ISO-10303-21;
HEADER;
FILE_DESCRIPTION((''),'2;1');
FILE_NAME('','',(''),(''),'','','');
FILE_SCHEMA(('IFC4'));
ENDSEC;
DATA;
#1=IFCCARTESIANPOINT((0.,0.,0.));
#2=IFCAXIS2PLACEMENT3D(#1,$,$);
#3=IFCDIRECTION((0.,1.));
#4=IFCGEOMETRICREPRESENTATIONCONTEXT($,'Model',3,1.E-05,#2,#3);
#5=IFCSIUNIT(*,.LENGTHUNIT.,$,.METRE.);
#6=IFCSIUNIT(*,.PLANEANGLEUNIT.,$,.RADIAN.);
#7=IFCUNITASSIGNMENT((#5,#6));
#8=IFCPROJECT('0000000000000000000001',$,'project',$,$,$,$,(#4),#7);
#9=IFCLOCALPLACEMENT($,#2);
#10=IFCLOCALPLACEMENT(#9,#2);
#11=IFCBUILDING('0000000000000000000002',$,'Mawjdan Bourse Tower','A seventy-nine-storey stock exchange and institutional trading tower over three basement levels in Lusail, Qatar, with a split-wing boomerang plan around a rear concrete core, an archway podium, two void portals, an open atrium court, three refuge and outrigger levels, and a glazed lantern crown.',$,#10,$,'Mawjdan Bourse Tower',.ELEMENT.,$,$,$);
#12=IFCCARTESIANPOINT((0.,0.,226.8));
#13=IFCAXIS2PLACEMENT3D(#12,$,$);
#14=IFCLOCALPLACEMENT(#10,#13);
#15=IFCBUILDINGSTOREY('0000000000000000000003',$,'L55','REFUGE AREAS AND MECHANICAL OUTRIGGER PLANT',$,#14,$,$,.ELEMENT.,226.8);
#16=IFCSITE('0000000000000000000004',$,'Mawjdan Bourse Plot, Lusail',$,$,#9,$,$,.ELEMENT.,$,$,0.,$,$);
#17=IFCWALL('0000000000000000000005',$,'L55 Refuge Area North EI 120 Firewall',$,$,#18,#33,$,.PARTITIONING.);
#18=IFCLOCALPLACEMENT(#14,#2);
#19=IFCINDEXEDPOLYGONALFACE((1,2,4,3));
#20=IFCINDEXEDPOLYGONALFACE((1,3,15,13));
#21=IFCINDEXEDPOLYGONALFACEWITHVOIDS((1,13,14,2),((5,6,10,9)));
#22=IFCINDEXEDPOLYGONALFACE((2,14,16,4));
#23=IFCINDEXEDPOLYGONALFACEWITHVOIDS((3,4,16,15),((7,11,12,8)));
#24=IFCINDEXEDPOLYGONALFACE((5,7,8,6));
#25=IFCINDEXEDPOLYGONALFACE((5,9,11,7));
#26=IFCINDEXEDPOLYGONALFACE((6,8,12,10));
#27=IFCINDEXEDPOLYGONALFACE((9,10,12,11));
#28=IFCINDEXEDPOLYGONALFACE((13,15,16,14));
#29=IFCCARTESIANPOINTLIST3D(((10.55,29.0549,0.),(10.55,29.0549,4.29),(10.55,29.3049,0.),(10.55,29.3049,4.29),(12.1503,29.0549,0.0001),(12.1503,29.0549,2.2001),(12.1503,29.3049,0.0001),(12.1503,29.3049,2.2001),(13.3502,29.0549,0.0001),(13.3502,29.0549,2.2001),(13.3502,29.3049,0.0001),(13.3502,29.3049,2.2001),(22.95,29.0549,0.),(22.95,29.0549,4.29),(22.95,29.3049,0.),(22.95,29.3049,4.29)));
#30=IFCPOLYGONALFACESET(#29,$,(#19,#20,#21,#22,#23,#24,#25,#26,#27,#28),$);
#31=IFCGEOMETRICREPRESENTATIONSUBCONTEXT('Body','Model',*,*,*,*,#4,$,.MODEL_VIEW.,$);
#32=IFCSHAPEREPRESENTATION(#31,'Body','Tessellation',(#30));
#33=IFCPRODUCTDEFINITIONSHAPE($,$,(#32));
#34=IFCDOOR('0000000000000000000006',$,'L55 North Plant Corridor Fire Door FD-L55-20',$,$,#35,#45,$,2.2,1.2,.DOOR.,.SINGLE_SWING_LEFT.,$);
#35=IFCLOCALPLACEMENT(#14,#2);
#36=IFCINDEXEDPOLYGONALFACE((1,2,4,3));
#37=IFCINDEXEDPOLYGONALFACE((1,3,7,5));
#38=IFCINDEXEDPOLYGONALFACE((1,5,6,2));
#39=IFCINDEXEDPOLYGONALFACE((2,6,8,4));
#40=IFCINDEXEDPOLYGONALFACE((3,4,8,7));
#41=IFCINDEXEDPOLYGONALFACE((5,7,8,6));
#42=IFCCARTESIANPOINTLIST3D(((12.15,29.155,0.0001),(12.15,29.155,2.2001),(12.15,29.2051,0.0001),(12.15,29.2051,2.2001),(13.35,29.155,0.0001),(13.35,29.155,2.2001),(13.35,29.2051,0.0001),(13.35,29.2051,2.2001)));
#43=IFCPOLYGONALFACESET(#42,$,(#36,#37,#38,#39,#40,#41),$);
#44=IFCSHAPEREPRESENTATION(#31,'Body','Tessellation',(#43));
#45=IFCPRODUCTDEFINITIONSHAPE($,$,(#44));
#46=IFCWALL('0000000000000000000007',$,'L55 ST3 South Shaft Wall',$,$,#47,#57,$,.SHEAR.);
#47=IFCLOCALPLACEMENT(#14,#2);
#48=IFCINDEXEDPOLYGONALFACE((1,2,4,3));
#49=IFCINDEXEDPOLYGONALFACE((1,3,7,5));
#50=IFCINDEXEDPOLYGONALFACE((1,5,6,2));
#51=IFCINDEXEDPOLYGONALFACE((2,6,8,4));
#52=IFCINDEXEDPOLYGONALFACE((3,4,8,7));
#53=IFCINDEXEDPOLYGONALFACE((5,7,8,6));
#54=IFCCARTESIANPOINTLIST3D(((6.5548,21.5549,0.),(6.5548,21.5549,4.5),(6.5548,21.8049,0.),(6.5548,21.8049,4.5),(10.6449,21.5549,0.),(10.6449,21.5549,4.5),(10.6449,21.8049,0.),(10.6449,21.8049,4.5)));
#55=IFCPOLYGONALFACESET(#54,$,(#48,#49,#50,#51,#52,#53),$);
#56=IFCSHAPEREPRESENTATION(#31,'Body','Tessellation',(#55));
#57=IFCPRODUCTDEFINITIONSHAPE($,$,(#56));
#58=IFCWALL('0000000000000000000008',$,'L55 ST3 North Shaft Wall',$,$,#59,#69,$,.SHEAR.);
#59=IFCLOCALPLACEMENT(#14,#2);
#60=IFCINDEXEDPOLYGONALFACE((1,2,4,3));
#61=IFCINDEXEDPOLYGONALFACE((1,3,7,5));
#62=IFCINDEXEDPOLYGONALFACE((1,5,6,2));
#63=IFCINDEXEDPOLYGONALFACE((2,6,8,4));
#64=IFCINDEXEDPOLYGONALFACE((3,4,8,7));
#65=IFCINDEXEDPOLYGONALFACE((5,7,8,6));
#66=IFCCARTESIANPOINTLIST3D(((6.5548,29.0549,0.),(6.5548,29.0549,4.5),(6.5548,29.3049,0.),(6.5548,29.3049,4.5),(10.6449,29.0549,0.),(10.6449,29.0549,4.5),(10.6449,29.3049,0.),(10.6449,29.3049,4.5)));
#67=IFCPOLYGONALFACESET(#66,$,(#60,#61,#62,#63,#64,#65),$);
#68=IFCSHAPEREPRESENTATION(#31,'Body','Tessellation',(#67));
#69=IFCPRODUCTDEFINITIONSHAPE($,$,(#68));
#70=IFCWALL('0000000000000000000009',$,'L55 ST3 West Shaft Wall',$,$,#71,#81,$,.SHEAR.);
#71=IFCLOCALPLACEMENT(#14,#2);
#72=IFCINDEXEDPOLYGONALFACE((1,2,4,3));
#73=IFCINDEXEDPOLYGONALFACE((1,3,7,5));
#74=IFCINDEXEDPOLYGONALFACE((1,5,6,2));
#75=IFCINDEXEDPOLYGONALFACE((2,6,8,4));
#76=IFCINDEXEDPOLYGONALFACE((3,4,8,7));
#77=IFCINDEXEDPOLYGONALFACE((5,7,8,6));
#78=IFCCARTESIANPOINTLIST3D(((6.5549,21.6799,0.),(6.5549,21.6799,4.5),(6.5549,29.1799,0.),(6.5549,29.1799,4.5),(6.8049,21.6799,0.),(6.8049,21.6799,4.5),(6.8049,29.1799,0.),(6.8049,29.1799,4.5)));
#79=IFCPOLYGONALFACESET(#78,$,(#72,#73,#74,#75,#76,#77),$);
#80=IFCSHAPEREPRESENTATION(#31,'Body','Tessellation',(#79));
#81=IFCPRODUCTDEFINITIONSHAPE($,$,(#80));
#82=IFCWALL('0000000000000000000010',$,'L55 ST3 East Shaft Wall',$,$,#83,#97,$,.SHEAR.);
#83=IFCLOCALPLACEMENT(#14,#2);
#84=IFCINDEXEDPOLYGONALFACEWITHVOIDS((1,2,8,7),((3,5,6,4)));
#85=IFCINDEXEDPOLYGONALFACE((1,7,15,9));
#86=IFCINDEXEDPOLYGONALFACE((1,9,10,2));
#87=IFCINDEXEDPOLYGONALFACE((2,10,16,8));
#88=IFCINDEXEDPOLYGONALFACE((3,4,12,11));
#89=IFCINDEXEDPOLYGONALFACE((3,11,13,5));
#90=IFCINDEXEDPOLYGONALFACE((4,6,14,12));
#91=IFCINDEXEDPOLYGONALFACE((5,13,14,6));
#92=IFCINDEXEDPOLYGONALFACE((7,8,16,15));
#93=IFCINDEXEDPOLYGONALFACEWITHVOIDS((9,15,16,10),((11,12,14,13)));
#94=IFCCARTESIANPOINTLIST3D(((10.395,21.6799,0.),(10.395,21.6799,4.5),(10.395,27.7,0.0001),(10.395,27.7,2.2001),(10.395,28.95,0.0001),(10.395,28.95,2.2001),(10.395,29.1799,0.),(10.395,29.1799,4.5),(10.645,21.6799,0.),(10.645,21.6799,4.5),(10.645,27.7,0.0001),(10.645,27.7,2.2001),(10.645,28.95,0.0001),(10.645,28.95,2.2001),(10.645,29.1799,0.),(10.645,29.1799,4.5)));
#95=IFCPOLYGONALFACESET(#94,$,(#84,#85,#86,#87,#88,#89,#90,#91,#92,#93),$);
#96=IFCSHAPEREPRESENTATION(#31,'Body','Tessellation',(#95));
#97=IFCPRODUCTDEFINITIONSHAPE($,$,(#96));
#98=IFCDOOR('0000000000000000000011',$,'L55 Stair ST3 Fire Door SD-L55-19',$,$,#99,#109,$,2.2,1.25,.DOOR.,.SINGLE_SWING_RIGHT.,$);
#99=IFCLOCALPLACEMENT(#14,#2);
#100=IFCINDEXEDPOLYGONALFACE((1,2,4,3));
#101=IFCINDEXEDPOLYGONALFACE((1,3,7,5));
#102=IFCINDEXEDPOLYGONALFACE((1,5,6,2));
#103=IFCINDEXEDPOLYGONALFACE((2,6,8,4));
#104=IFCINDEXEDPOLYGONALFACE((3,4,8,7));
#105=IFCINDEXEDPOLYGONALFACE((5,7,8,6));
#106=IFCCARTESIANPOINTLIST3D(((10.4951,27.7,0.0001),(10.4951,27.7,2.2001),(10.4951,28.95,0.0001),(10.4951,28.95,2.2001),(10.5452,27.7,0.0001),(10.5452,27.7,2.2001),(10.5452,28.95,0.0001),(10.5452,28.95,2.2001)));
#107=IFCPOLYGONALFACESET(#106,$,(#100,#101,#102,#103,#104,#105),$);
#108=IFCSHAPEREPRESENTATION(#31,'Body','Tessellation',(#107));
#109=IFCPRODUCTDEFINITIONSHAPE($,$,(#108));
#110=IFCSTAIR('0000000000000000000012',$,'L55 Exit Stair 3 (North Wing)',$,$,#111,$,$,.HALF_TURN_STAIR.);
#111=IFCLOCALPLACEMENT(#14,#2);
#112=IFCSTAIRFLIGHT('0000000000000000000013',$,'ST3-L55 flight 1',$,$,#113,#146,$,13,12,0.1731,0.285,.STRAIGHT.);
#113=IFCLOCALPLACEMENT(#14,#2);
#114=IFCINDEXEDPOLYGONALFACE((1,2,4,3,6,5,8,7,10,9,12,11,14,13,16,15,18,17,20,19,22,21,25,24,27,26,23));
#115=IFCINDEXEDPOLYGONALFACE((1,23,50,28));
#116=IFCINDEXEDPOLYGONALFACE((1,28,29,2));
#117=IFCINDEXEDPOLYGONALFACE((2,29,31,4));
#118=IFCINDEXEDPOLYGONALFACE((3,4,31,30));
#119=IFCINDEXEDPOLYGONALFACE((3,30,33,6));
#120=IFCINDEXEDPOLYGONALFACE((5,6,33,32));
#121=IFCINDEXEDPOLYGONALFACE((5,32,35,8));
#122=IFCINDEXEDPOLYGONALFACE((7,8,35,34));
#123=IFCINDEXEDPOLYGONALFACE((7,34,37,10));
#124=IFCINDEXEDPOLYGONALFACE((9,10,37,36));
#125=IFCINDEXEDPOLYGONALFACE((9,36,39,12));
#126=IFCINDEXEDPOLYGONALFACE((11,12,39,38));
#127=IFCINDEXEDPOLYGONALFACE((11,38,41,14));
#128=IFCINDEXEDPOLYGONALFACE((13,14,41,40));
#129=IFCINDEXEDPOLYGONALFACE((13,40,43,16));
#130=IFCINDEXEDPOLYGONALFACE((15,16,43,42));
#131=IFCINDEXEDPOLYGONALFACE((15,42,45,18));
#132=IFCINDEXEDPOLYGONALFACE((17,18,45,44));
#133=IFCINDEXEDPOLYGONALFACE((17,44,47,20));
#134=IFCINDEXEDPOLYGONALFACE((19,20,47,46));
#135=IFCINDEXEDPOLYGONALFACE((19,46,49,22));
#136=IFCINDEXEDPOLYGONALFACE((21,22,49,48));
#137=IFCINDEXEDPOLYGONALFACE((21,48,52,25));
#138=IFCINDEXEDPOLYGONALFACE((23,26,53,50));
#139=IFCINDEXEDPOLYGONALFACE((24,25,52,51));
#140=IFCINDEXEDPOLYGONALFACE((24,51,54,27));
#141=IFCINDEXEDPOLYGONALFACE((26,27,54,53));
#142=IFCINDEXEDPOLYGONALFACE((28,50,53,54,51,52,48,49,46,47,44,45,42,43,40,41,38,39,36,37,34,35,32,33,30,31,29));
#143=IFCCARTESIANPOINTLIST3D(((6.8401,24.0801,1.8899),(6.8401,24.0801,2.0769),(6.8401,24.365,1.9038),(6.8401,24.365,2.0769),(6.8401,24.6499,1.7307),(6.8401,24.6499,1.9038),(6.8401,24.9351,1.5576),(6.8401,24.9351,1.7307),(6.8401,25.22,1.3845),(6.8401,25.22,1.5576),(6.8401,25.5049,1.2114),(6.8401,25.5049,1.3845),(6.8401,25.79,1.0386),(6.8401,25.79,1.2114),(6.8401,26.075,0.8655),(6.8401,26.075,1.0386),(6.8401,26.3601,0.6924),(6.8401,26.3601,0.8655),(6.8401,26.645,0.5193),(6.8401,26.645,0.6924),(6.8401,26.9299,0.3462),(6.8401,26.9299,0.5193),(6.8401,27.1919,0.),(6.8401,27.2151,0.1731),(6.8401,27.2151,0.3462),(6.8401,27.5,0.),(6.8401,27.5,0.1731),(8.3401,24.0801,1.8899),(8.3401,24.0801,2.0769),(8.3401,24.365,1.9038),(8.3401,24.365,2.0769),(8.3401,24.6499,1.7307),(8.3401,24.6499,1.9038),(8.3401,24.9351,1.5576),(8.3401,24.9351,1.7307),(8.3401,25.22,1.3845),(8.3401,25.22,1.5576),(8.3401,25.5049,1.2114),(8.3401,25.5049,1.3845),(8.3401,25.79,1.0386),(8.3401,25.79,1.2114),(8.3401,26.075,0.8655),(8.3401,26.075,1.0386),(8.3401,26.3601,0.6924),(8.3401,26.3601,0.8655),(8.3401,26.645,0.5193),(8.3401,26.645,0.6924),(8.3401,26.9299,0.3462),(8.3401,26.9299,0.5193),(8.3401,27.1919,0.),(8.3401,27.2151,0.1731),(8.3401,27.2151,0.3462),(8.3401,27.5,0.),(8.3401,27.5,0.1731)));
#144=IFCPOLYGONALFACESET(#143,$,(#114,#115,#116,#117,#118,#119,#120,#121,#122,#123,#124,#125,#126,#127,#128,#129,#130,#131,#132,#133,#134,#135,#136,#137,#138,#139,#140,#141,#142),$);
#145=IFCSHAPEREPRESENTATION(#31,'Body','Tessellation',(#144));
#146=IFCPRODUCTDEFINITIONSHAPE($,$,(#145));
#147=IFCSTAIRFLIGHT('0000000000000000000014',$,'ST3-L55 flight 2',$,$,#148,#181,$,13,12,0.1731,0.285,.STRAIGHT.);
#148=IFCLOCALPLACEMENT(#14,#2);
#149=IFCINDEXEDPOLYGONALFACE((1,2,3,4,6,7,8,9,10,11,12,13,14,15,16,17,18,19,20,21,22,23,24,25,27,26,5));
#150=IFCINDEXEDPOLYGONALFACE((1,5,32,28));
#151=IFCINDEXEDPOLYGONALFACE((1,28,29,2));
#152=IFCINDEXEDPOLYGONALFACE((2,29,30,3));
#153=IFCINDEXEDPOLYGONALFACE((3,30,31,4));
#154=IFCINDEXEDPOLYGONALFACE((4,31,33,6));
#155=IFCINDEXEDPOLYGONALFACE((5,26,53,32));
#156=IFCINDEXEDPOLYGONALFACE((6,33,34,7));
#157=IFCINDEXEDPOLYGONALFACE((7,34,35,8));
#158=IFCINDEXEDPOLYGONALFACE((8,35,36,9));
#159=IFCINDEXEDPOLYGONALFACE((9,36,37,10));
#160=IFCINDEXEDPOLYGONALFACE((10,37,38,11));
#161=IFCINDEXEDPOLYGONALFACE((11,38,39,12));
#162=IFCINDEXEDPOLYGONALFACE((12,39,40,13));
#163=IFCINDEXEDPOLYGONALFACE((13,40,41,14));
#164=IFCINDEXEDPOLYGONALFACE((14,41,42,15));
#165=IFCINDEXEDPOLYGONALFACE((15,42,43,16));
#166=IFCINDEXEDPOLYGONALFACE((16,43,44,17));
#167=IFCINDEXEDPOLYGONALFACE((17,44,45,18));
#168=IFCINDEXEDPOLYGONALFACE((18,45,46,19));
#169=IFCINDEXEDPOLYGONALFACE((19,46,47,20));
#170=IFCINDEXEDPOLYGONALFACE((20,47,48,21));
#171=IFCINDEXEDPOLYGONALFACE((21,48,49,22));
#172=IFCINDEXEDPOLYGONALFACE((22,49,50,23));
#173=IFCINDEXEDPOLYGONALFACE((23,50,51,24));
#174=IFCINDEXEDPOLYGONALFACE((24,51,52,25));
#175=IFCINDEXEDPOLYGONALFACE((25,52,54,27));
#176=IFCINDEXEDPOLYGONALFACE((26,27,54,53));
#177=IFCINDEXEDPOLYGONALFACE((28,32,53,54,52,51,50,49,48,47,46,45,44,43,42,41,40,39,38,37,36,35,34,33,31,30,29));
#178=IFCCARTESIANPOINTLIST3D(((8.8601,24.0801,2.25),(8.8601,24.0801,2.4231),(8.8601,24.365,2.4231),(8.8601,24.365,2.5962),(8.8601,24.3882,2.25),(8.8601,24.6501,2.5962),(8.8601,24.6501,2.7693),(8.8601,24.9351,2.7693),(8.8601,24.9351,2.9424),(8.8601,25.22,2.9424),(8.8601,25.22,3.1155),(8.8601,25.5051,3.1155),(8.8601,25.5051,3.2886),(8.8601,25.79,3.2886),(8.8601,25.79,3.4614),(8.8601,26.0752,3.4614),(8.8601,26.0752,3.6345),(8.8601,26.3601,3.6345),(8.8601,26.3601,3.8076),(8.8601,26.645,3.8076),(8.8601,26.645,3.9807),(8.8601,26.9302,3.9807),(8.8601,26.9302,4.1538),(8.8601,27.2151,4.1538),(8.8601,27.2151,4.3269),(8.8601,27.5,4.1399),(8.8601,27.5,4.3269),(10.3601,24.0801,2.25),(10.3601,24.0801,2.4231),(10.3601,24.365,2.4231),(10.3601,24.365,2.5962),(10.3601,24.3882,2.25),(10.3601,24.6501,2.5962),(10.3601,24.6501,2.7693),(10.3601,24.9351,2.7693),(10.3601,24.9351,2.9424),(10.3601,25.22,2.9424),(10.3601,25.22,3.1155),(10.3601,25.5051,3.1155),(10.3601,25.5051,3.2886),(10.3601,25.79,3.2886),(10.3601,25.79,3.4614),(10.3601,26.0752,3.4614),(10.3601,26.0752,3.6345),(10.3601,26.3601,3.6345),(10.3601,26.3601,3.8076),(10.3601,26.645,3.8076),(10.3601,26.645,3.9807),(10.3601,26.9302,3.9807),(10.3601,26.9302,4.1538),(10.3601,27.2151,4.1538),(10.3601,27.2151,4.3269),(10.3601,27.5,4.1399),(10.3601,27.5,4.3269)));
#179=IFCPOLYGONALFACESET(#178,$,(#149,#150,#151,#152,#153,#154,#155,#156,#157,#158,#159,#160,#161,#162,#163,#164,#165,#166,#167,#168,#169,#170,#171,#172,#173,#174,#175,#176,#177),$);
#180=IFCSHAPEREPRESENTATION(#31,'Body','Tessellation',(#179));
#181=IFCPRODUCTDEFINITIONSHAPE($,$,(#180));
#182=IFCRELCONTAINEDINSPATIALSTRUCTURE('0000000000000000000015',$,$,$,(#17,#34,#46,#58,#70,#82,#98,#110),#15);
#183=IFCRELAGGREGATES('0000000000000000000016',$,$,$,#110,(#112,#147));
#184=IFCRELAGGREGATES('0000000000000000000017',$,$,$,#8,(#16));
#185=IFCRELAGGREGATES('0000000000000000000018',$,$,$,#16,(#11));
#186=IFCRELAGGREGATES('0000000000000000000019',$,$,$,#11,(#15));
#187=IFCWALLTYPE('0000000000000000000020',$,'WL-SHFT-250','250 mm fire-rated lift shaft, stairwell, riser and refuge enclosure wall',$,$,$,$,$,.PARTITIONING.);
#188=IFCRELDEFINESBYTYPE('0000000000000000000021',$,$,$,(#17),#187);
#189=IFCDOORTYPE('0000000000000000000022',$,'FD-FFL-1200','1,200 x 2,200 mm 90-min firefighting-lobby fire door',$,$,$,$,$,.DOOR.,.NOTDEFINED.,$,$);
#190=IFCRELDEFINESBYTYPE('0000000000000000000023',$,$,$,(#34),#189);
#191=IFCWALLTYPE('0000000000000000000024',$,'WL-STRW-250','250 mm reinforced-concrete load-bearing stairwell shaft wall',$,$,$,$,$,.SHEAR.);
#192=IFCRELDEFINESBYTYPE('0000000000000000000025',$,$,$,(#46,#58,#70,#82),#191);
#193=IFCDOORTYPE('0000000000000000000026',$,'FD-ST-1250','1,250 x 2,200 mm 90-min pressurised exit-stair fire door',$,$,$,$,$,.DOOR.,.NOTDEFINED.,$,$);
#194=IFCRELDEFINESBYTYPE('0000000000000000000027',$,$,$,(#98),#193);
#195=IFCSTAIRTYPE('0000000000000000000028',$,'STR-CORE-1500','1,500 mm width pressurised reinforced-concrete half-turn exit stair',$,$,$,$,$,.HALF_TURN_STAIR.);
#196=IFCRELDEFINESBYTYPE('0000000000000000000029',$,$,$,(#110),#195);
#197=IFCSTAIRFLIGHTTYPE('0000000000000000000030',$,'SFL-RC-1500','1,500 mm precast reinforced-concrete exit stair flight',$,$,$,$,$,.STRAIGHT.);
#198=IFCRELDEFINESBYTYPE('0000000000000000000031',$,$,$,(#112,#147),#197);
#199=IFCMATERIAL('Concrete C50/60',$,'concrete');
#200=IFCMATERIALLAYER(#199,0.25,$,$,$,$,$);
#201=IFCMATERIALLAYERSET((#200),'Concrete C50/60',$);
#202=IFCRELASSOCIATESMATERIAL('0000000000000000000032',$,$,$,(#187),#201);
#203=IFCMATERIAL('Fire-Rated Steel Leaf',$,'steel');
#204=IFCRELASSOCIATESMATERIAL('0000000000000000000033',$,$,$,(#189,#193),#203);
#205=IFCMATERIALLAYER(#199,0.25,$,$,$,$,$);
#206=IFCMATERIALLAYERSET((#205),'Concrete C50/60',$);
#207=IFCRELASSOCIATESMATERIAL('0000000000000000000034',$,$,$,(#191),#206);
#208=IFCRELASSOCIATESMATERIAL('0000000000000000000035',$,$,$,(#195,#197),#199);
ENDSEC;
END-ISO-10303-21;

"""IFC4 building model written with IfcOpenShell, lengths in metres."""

from ifc_helpers import new_model, si_unit, direction, frame, frame_2d, origin, place, context, subcontext, project, spatial, polyline, rectangle, outline, extrude, material, layer, layer_set, type_object, element, fill, aggregate, save


model = new_model("IFC4")

# Units and contexts
model_context = context("Model", 3, precision=1e-05, world=origin(), true_north=direction((0.0, 1.0)))
body_context = subcontext(model_context, "Body", "Model", "MODEL_VIEW")
ifc_project = project(units=[si_unit("LENGTHUNIT", "METRE"), si_unit("PLANEANGLEUNIT", "RADIAN")], contexts=[model_context])

# Site, building, storey
site_placement = place(None, origin())
site = spatial("IfcSite", under=ifc_project, at=site_placement, Name="Mawjdan Bourse Plot, Lusail", CompositionType="ELEMENT", RefElevation=0.0)
building_placement = place(site_placement, origin())
building = spatial("IfcBuilding", under=site, at=building_placement, Name="Mawjdan Bourse Tower", Description="A seventy-nine-storey stock exchange and institutional trading tower over three basement levels in Lusail, Qatar, with a split-wing boomerang plan around a rear concrete core, an archway podium, two void portals, an open atrium court, three refuge and outrigger levels, and a glazed lantern crown.", LongName="Mawjdan Bourse Tower", CompositionType="ELEMENT")
storey_placement = place(building_placement, frame((0.0, 0.0, 226.8)))
storey = spatial("IfcBuildingStorey", under=building, at=storey_placement, Name="L55", Description="REFUGE AREAS AND MECHANICAL OUTRIGGER PLANT", CompositionType="ELEMENT", Elevation=226.8)

# Wall, opening, door
ifc_material_1 = material(Name="Concrete C50/60", Category="concrete")
ifc_layer_1 = layer(ifc_material_1, 0.25)
ifc_layer_set_1 = layer_set([ifc_layer_1], Name="Concrete C50/60")
wall_type_1 = type_object("IfcWallType", Name="WL-SHFT-250", Description="250 mm fire-rated lift shaft, stairwell, riser and refuge enclosure wall", PredefinedType="PARTITIONING", material=ifc_layer_set_1)
wall_1_placement = place(storey_placement, frame((10.55, 29.1799, 0.0), z_axis=(0.0, 0.0, 1.0), x_axis=(1.0, 0.0, 0.0)))
wall_1 = element("IfcWall", 1, at=wall_1_placement, inside=storey, type_object=wall_type_1, Name="L55 Refuge Area North EI 120 Firewall", PredefinedType="PARTITIONING", context=body_context, shape_type="SweptSolid", body=[
    extrude(rectangle(XDim=12.3999, YDim=0.25, at=frame_2d((6.2, 0.0))), origin(), (0.0, 0.0, 1.0), 4.29),
])
opening_1_placement = place(wall_1_placement, frame((1.6001, 0.0, 0.0)))
opening_1 = element("IfcOpeningElement", 2, at=opening_1_placement, cuts=wall_1, PredefinedType="OPENING", context=body_context, shape_type="SweptSolid", body=[
    extrude(rectangle(XDim=1.2, YDim=2.2, at=frame_2d((0.6001, 1.1001))), frame((0.0, 0.135, 0.0), z_axis=(0.0, -1.0, 0.0), x_axis=(1.0, 0.0, 0.0)), (0.0, 0.0, 1.0), 0.27),
])
ifc_material_2 = material(Name="Fire-Rated Steel Leaf", Category="steel")
door_type_1 = type_object("IfcDoorType", Name="FD-FFL-1200", Description="1,200 x 2,200 mm 90-min firefighting-lobby fire door", OperationType="NOTDEFINED", PredefinedType="DOOR", material=ifc_material_2)
door_1_placement = place(opening_1_placement, frame((1.2, 0.0, 0.0), z_axis=(0.0, 0.0, 1.0), x_axis=(-1.0, 0.0, 0.0)))
door_1 = element("IfcDoor", 3, at=door_1_placement, inside=storey, type_object=door_type_1, Name="L55 North Plant Corridor Fire Door FD-L55-20", OperationType="SINGLE_SWING_LEFT", OverallHeight=2.2, OverallWidth=1.2, PredefinedType="DOOR", context=body_context, shape_type="SweptSolid", body=[
    extrude(rectangle(XDim=1.2, YDim=2.2, at=frame_2d((0.6001, 1.1001))), frame((0.0, 0.0249, 0.0), z_axis=(0.0, -1.0, 0.0), x_axis=(1.0, 0.0, 0.0)), (0.0, 0.0, 1.0), 0.05),
])
fill(opening_1, door_1)

# Walls
ifc_layer_2 = layer(ifc_material_1, 0.25)
ifc_layer_set_2 = layer_set([ifc_layer_2], Name="Concrete C50/60")
wall_type_2 = type_object("IfcWallType", Name="WL-STRW-250", Description="250 mm reinforced-concrete load-bearing stairwell shaft wall", PredefinedType="SHEAR", material=ifc_layer_set_2)
for number, where, z_axis, x_axis, name in (
    (4, (6.5549, 21.6799, 0.0), (0.0, 0.0, 1.0), (1.0, 0.0, 0.0), "L55 ST3 South Shaft Wall"),
    (5, (6.5549, 29.1799, 0.0), (0.0, 0.0, 1.0), (1.0, 0.0, 0.0), "L55 ST3 North Shaft Wall"),
):
    element("IfcWall", number, at=place(storey_placement, frame(where, z_axis=z_axis, x_axis=x_axis)), inside=storey, type_object=wall_type_2, Name=name, PredefinedType="SHEAR", context=body_context, shape_type="SweptSolid", body=[
        extrude(rectangle(XDim=4.0901, YDim=0.25, at=frame_2d((2.0449, 0.0))), origin(), (0.0, 0.0, 1.0), 4.5),
    ])
wall_2_placement = place(storey_placement, frame((6.6799, 21.6799, 0.0), z_axis=(0.0, 0.0, 1.0), x_axis=(0.0, 1.0, 0.0)))
element("IfcWall", 6, at=wall_2_placement, inside=storey, type_object=wall_type_2, Name="L55 ST3 West Shaft Wall", PredefinedType="SHEAR", context=body_context, shape_type="SweptSolid", body=[
    extrude(rectangle(XDim=7.5, YDim=0.25, at=frame_2d((3.75, 0.0))), origin(), (0.0, 0.0, 1.0), 4.5),
])

# Wall, opening, door
wall_3_placement = place(storey_placement, frame((10.52, 21.6799, 0.0), z_axis=(0.0, 0.0, 1.0), x_axis=(0.0, 1.0, 0.0)))
wall_3 = element("IfcWall", 7, at=wall_3_placement, inside=storey, type_object=wall_type_2, Name="L55 ST3 East Shaft Wall", PredefinedType="SHEAR", context=body_context, shape_type="SweptSolid", body=[
    extrude(rectangle(XDim=7.5, YDim=0.25, at=frame_2d((3.75, 0.0))), origin(), (0.0, 0.0, 1.0), 4.5),
])
opening_2_placement = place(wall_3_placement, frame((6.02, 0.0, 0.0)))
opening_2 = element("IfcOpeningElement", 8, at=opening_2_placement, cuts=wall_3, PredefinedType="OPENING", context=body_context, shape_type="SweptSolid", body=[
    extrude(rectangle(XDim=1.25, YDim=2.2, at=frame_2d((0.625, 1.1001))), frame((0.0, 0.135, 0.0), z_axis=(0.0, -1.0, 0.0), x_axis=(1.0, 0.0, 0.0)), (0.0, 0.0, 1.0), 0.27),
])
door_type_2 = type_object("IfcDoorType", Name="FD-ST-1250", Description="1,250 x 2,200 mm 90-min pressurised exit-stair fire door", OperationType="NOTDEFINED", PredefinedType="DOOR", material=ifc_material_2)
door_2_placement = place(opening_2_placement, origin())
door_2 = element("IfcDoor", 9, at=door_2_placement, inside=storey, type_object=door_type_2, Name="L55 Stair ST3 Fire Door SD-L55-19", OperationType="SINGLE_SWING_RIGHT", OverallHeight=2.2, OverallWidth=1.25, PredefinedType="DOOR", context=body_context, shape_type="SweptSolid", body=[
    extrude(rectangle(XDim=1.25, YDim=2.2, at=frame_2d((0.625, 1.1001))), frame((0.0, 0.0249, 0.0), z_axis=(0.0, -1.0, 0.0), x_axis=(1.0, 0.0, 0.0)), (0.0, 0.0, 1.0), 0.05),
])
fill(opening_2, door_2)

# Stair, stair flights
stair_type = type_object("IfcStairType", Name="STR-CORE-1500", Description="1,500 mm width pressurised reinforced-concrete half-turn exit stair", PredefinedType="HALF_TURN_STAIR", material=ifc_material_1)
stair_placement = place(storey_placement, origin())
stair = element("IfcStair", 10, at=stair_placement, inside=storey, type_object=stair_type, Name="L55 Exit Stair 3 (North Wing)", PredefinedType="HALF_TURN_STAIR")
stair_flight_type = type_object("IfcStairFlightType", Name="SFL-RC-1500", Description="1,500 mm precast reinforced-concrete exit stair flight", PredefinedType="STRAIGHT", material=ifc_material_1)
stair_flight_1_placement = place(storey_placement, frame((7.5901, 27.5, 0.0), z_axis=(0.0, 0.0, 1.0), x_axis=(0.0, -1.0, 0.0)))
stair_flight_1 = element("IfcStairFlight", 11, at=stair_flight_1_placement, type_object=stair_flight_type, Name="ST3-L55 flight 1", NumberOfRisers=13, NumberOfTreads=12, PredefinedType="STRAIGHT", RiserHeight=0.1731, TreadLength=0.285, context=body_context, shape_type="SweptSolid", body=[
    extrude(outline(polyline([(0.0, 0.0), (0.0, 0.1731), (0.2849, 0.1731), (0.2849, 0.3462), (0.5701, 0.3462), (0.5701, 0.5193), (0.855, 0.5193), (0.855, 0.6924), (1.1399, 0.6924), (1.1399, 0.8655), (1.425, 0.8655), (1.425, 1.0386), (1.71, 1.0386), (1.71, 1.2114), (1.9951, 1.2114), (1.9951, 1.3845), (2.28, 1.3845), (2.28, 1.5576), (2.5649, 1.5576), (2.5649, 1.7307), (2.8501, 1.7307), (2.8501, 1.9038), (3.135, 1.9038), (3.135, 2.0769), (3.4199, 2.0769), (3.4199, 2.25), (3.4199, 1.8899), (0.3081, 0.0), (0.0, 0.0)])), frame((0.0, 0.75, 0.0), z_axis=(0.0, -1.0, 0.0), x_axis=(1.0, 0.0, 0.0)), (0.0, 0.0, 1.0), 1.5),
])
stair_flight_2_placement = place(storey_placement, frame((9.6101, 24.0801, 2.25), z_axis=(0.0, 0.0, 1.0), x_axis=(0.0, 1.0, 0.0)))
stair_flight_2 = element("IfcStairFlight", 12, at=stair_flight_2_placement, type_object=stair_flight_type, Name="ST3-L55 flight 2", NumberOfRisers=13, NumberOfTreads=12, PredefinedType="STRAIGHT", RiserHeight=0.1731, TreadLength=0.285, context=body_context, shape_type="SweptSolid", body=[
    extrude(outline(polyline([(0.0, 0.0), (0.0, 0.1731), (0.2849, 0.1731), (0.2849, 0.3462), (0.5701, 0.3462), (0.5701, 0.5193), (0.855, 0.5193), (0.855, 0.6924), (1.1399, 0.6924), (1.1399, 0.8655), (1.425, 0.8655), (1.425, 1.0386), (1.71, 1.0386), (1.71, 1.2114), (1.9951, 1.2114), (1.9951, 1.3845), (2.28, 1.3845), (2.28, 1.5576), (2.5649, 1.5576), (2.5649, 1.7307), (2.8501, 1.7307), (2.8501, 1.9038), (3.135, 1.9038), (3.135, 2.0769), (3.4199, 2.0769), (3.4199, 2.25), (3.4199, 1.8899), (0.3081, 0.0), (0.0, 0.0)])), frame((0.0, 0.75, 0.0), z_axis=(0.0, -1.0, 0.0), x_axis=(1.0, 0.0, 0.0)), (0.0, 0.0, 1.0), 1.5),
])
aggregate(stair, [stair_flight_1, stair_flight_2])

save(model, "model.ifc")
